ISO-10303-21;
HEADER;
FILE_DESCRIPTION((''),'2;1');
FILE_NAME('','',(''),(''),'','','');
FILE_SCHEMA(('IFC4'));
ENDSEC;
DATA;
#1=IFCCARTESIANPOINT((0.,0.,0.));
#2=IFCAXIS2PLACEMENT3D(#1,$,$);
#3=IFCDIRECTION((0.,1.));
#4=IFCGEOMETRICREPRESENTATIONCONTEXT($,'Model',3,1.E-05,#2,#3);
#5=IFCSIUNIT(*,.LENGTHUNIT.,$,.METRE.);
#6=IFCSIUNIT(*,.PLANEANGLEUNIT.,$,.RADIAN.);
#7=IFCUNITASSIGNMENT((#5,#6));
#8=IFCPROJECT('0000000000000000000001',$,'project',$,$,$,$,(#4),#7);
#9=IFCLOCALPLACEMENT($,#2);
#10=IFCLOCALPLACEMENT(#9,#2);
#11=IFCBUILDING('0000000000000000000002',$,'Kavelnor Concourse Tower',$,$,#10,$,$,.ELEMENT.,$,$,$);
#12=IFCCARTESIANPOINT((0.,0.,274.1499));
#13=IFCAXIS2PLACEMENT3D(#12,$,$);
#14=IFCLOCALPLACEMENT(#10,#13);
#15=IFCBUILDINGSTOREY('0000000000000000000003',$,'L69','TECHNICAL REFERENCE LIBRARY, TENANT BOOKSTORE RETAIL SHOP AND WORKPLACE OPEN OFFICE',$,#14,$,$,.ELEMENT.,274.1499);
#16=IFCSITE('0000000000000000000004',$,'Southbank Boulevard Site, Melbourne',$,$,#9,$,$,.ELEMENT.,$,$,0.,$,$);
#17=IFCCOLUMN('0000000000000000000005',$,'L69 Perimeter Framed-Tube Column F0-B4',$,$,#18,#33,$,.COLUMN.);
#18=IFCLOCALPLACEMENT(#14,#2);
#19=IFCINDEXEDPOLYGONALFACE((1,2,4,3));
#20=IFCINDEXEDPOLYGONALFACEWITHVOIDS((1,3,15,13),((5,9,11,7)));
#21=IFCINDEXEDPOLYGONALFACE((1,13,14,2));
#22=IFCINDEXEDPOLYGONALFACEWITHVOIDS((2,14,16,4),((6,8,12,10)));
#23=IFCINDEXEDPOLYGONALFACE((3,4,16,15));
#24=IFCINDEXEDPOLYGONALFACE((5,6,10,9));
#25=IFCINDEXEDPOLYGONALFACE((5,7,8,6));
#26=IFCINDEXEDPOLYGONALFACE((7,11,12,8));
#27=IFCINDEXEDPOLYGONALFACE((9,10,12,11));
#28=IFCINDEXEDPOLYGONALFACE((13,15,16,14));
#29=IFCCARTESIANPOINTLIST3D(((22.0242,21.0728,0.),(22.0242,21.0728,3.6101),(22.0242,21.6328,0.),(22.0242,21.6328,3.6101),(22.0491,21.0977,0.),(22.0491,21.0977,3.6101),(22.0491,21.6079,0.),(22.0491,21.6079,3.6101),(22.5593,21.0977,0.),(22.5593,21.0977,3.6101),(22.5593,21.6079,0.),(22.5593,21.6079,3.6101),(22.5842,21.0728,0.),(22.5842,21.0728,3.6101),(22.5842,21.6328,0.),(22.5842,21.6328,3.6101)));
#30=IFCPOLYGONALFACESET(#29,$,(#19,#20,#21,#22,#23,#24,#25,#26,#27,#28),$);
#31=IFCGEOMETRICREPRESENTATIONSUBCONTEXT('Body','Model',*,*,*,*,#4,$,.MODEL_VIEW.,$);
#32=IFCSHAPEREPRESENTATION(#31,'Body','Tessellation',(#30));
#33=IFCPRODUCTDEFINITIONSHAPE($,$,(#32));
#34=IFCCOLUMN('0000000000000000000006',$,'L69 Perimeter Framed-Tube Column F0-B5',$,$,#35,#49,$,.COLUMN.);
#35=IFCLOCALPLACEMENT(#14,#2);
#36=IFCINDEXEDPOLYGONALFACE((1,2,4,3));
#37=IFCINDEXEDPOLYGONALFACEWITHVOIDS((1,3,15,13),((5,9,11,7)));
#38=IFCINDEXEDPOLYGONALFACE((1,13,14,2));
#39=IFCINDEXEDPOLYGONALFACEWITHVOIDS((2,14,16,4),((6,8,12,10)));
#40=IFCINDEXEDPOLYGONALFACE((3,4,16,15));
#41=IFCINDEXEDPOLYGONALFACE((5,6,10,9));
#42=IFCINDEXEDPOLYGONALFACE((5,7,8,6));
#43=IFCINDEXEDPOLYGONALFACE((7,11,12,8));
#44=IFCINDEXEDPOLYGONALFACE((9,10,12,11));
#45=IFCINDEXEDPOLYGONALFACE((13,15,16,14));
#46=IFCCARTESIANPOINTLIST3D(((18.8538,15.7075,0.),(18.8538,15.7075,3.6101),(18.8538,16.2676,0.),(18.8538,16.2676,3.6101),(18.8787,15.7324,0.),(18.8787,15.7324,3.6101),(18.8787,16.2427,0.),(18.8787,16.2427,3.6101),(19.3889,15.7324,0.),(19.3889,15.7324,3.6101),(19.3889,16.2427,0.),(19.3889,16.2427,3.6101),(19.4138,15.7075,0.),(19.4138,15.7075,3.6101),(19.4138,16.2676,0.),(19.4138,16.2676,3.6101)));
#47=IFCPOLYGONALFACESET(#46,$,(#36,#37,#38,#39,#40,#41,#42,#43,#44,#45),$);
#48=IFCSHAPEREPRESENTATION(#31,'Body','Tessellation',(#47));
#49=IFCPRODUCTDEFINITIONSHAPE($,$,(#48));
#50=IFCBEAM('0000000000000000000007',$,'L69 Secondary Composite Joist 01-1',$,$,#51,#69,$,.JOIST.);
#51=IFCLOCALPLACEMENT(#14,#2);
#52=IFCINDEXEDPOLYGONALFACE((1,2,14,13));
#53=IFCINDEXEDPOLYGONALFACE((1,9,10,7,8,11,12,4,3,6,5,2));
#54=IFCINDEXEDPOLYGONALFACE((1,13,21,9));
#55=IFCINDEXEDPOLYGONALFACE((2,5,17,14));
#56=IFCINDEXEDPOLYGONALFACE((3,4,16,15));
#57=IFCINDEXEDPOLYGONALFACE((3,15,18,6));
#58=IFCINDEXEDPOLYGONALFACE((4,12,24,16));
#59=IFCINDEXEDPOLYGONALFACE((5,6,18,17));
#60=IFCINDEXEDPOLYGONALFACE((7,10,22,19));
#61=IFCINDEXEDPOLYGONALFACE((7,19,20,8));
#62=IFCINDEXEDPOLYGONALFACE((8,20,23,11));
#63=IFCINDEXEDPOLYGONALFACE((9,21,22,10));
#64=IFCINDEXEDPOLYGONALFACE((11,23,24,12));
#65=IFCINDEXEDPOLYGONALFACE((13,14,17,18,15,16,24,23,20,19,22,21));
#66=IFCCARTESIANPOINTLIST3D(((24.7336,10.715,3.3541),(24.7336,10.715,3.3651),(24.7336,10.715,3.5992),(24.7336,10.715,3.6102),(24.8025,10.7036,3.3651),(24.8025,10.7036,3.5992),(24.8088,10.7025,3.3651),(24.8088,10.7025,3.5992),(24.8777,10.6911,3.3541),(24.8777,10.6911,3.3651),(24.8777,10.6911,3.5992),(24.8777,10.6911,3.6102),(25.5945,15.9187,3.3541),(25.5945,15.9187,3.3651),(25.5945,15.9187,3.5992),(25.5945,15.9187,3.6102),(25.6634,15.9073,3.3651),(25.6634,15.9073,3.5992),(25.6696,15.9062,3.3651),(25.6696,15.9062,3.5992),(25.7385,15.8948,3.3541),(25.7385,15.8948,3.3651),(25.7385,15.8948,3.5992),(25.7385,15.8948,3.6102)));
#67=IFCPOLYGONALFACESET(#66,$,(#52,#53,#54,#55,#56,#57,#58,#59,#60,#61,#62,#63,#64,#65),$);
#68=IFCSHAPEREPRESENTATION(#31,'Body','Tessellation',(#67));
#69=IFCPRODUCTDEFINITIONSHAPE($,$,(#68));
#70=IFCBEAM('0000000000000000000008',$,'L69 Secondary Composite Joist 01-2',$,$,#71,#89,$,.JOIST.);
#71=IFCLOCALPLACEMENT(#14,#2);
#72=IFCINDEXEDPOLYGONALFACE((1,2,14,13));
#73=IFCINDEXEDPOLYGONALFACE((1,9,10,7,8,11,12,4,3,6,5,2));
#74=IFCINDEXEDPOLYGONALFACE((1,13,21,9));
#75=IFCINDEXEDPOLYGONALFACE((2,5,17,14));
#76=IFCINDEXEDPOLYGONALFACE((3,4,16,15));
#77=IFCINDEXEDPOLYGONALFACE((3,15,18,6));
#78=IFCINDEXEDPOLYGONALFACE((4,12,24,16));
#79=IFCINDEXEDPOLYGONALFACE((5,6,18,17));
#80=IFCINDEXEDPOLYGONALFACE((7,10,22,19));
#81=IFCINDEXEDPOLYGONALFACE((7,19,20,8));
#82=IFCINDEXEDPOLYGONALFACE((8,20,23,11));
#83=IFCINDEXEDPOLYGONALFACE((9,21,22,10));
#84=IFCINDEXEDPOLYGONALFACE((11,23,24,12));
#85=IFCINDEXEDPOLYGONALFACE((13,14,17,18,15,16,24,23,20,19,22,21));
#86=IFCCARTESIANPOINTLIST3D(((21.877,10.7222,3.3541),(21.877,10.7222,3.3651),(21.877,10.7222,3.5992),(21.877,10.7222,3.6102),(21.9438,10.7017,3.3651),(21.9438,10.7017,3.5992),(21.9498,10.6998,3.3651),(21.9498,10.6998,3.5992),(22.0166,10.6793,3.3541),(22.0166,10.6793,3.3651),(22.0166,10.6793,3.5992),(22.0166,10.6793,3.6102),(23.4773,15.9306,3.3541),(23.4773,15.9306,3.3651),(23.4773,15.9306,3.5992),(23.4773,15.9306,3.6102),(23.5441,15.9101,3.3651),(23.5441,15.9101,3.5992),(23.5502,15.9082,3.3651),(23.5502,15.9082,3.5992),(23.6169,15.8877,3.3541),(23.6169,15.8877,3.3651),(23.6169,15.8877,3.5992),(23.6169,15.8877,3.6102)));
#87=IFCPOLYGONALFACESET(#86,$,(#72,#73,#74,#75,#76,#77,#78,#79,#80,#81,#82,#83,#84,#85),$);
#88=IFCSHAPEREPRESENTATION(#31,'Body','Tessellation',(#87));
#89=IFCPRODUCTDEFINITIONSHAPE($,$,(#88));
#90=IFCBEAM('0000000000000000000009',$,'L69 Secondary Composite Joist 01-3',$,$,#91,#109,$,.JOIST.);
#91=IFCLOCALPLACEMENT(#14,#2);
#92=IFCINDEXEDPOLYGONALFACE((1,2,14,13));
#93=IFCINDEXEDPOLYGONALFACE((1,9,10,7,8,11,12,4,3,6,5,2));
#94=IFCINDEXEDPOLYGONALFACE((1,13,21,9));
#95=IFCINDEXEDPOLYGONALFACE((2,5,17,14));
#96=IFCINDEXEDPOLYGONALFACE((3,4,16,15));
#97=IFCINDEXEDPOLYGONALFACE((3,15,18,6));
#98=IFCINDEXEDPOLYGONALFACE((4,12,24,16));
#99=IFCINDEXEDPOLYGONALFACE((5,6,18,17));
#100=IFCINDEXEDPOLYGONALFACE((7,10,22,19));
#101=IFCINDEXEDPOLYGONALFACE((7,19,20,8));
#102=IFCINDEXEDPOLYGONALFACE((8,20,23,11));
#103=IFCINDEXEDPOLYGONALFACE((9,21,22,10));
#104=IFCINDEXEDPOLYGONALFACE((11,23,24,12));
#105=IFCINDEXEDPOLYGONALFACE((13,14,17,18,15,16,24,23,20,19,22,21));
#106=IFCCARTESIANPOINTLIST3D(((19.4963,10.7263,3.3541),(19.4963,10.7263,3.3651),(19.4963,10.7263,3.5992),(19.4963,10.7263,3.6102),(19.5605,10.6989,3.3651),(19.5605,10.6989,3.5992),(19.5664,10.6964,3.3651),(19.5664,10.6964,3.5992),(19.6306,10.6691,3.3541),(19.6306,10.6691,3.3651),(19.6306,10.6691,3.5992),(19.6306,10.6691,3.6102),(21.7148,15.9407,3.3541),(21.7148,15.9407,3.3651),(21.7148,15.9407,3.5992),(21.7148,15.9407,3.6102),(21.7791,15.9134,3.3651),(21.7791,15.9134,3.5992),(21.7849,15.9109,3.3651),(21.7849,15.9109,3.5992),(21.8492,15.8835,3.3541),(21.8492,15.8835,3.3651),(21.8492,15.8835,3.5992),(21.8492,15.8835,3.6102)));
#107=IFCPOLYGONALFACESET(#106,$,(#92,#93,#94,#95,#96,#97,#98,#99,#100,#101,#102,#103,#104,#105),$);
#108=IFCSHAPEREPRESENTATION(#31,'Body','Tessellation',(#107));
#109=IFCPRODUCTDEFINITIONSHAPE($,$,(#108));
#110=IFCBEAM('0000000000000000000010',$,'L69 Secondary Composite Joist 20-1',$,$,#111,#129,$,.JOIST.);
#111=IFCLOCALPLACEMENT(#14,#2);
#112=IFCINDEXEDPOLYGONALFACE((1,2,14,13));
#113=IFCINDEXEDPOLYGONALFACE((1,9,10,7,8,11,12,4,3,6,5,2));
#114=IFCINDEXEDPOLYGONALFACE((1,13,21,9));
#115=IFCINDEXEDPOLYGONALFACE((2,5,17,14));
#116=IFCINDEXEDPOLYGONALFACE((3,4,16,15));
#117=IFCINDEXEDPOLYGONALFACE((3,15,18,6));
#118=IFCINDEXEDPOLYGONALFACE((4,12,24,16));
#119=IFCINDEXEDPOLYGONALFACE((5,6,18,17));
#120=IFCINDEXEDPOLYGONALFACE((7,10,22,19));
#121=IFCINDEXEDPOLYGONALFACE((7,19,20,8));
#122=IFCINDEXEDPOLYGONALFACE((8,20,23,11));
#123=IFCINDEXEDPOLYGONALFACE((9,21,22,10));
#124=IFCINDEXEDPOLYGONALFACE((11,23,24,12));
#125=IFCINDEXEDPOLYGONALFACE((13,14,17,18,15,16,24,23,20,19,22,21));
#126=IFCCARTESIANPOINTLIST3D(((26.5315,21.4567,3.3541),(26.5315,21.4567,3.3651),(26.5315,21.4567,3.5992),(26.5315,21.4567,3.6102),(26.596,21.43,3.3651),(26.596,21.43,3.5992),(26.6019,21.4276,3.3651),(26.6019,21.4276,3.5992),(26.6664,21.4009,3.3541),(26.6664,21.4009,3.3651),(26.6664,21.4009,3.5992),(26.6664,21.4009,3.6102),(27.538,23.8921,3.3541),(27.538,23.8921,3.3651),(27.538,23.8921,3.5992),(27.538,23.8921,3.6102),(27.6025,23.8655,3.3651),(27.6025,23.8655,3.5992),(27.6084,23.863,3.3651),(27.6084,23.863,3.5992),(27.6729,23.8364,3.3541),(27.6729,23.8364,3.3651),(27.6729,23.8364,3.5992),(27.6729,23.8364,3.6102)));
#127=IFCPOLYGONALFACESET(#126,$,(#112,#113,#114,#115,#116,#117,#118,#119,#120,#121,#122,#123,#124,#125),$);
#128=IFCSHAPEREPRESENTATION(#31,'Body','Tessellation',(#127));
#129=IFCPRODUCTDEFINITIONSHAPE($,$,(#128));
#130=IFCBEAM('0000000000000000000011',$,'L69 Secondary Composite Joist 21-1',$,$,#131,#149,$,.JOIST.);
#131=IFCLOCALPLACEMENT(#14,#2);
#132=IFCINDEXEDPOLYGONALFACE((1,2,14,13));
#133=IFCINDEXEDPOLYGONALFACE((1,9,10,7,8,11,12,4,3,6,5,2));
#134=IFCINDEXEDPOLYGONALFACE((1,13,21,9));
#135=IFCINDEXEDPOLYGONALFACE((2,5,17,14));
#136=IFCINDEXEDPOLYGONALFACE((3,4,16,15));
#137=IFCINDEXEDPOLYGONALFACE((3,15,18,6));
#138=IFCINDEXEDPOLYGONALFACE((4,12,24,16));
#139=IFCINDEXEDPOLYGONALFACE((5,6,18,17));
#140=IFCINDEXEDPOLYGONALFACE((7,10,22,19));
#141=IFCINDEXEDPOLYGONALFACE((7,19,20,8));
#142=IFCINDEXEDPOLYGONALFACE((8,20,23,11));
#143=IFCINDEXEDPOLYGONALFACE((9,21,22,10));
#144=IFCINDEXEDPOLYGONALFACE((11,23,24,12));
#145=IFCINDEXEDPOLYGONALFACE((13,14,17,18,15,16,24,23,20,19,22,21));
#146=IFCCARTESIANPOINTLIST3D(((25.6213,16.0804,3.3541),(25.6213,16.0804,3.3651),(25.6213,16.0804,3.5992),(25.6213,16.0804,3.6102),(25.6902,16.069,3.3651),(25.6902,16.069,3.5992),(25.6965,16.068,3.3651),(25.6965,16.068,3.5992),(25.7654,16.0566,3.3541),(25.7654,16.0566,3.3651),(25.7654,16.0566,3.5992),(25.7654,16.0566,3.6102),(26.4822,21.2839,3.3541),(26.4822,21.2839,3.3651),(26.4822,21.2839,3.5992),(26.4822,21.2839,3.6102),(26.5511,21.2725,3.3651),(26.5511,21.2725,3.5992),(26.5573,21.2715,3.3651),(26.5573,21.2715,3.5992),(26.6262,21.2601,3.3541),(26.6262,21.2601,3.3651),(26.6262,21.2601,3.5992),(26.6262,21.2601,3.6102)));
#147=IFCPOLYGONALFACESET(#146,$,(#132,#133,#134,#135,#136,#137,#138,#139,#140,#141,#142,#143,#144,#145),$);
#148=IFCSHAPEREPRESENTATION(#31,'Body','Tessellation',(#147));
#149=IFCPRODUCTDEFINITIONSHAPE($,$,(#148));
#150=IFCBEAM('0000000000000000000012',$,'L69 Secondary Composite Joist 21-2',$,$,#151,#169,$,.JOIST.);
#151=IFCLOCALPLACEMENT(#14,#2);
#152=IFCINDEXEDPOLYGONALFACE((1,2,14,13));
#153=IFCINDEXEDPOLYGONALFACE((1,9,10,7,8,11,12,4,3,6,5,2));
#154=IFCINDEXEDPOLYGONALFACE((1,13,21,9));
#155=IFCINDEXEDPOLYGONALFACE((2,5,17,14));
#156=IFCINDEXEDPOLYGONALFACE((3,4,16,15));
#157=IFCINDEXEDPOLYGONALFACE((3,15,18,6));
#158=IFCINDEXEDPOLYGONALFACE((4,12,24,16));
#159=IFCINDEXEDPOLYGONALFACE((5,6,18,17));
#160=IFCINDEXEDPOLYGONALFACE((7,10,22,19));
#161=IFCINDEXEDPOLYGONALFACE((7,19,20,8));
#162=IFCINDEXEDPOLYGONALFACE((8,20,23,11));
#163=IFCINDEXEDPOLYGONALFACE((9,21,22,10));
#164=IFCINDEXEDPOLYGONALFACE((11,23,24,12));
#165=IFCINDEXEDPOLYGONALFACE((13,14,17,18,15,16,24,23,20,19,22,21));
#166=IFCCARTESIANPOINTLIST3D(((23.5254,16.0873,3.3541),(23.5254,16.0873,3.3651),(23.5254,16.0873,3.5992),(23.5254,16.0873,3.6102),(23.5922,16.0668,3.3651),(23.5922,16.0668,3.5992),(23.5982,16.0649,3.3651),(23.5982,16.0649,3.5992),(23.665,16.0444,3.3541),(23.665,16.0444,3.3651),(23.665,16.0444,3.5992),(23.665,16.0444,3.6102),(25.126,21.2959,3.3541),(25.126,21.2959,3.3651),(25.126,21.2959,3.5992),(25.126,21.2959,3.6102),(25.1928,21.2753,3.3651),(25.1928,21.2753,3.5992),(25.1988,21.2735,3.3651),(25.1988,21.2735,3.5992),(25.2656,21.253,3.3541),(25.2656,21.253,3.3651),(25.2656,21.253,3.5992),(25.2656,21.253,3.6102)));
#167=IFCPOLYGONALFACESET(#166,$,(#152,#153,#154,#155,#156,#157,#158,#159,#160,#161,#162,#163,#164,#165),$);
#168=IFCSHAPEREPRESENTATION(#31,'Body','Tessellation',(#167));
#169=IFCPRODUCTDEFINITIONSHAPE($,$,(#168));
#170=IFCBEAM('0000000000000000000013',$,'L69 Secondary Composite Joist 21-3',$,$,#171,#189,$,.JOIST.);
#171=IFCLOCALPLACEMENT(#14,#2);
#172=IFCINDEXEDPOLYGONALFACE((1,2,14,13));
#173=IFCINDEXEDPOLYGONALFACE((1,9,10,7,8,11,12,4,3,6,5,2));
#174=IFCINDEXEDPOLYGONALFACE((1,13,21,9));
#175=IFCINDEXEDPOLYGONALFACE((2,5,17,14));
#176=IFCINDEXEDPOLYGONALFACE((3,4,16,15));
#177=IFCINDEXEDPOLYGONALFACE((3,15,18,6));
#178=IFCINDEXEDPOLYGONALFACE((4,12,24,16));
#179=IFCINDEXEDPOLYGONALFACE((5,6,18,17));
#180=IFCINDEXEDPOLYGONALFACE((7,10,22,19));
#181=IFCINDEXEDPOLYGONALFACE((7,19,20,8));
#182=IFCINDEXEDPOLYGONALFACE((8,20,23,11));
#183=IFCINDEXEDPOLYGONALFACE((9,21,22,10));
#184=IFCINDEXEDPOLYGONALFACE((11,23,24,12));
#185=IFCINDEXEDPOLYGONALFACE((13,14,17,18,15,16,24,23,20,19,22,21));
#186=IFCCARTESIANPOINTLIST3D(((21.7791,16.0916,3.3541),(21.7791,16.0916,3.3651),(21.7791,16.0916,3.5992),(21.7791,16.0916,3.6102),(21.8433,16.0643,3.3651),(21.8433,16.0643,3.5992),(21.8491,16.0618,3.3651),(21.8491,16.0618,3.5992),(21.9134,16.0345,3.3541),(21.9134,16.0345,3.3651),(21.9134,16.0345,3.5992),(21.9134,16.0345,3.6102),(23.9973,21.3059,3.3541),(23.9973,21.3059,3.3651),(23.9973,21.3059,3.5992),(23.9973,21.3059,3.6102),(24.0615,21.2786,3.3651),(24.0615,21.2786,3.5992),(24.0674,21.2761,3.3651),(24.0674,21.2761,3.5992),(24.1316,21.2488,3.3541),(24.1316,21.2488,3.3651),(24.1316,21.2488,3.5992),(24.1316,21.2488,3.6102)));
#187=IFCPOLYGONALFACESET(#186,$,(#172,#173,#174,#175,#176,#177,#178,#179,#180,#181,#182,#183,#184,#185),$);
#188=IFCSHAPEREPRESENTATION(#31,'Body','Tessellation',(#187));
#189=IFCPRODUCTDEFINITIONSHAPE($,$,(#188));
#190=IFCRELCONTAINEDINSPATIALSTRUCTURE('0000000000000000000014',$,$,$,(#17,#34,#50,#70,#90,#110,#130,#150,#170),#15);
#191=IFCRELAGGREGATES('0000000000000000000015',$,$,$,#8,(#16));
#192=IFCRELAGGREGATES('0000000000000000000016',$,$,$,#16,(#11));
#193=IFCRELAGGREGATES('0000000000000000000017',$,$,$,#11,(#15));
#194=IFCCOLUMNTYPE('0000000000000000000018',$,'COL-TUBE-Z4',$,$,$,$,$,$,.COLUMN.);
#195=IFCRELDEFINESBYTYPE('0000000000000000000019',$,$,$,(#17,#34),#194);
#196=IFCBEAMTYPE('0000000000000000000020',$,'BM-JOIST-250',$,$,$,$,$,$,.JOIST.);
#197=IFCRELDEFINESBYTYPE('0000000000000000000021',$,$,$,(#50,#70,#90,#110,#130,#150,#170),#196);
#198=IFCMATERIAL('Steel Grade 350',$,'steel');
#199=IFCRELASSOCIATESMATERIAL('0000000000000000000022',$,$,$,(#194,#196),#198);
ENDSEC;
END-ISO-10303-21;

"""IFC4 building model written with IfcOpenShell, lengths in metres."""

from ifc_helpers import new_model, si_unit, direction, frame, origin, origin_2d, place, context, subcontext, project, spatial, hollow_rectangle, i_section, extrude, material, material_profile, profile_set, type_object, element, save


model = new_model("IFC4")

# Units and contexts
model_context = context("Model", 3, precision=1e-05, world=origin(), true_north=direction((0.0, 1.0)))
body_context = subcontext(model_context, "Body", "Model", "MODEL_VIEW")
ifc_project = project(units=[si_unit("LENGTHUNIT", "METRE"), si_unit("PLANEANGLEUNIT", "RADIAN")], contexts=[model_context])

# Site, building, storey
site_placement = place(None, origin())
site = spatial("IfcSite", under=ifc_project, at=site_placement, Name="Southbank Boulevard Site, Melbourne", CompositionType="ELEMENT", RefElevation=0.0)
building_placement = place(site_placement, origin())
building = spatial("IfcBuilding", under=site, at=building_placement, Name="Kavelnor Concourse Tower", CompositionType="ELEMENT")
storey_placement = place(building_placement, frame((0.0, 0.0, 274.1499)))
storey = spatial("IfcBuildingStorey", under=building, at=storey_placement, Name="L69", Description="TECHNICAL REFERENCE LIBRARY, TENANT BOOKSTORE RETAIL SHOP AND WORKPLACE OPEN OFFICE", CompositionType="ELEMENT", Elevation=274.1499)

# Columns
ifc_material_1 = material(Name="Steel Grade 350", Category="steel")
ifc_material_profile_1 = material_profile(ifc_material_1, hollow_rectangle(XDim=0.5601, YDim=0.5601, WallThickness=0.0249, at=origin_2d()), Name="SHS 560x560x25")
ifc_profile_set_1 = profile_set([ifc_material_profile_1], Name="Steel Grade 350")
column_type = type_object("IfcColumnType", Name="COL-TUBE-Z4", PredefinedType="COLUMN", material=ifc_profile_set_1)
for number, where, z_axis, x_axis, name in (
    (1, (22.3042, 21.3528, 0.0), (0.0, 0.0, 1.0), (1.0, 0.0, 0.0), "L69 Perimeter Framed-Tube Column F0-B4"),
    (2, (19.1338, 15.9875, 0.0), (0.0, 0.0, 1.0), (1.0, 0.0, 0.0), "L69 Perimeter Framed-Tube Column F0-B5"),
):
    element("IfcColumn", number, at=place(storey_placement, frame(where, z_axis=z_axis, x_axis=x_axis)), inside=storey, type_object=column_type, Name=name, PredefinedType="COLUMN", context=body_context, shape_type="SweptSolid", body=[
        extrude(hollow_rectangle(XDim=0.5601, YDim=0.5601, WallThickness=0.0249, at=origin_2d()), origin(), (0.0, 0.0, 1.0), 3.6101),
    ])

# Beams
ifc_material_profile_2 = material_profile(ifc_material_1, i_section(OverallWidth=0.146, OverallDepth=0.2561, WebThickness=0.0063, FlangeThickness=0.011, at=origin_2d()), Name="250UB37")
ifc_profile_set_2 = profile_set([ifc_material_profile_2], Name="Steel Grade 350")
beam_type_1 = type_object("IfcBeamType", Name="BM-JOIST-250", PredefinedType="JOIST", material=ifc_profile_set_2)
beam_1_placement = place(storey_placement, frame((25.6665, 15.9067, 3.4822), z_axis=(-0.163213, -0.986591, 0.0), x_axis=(0.986591, -0.163213, 0.0)))
element("IfcBeam", 3, at=beam_1_placement, inside=storey, type_object=beam_type_1, Name="L69 Secondary Composite Joist 01-1", PredefinedType="JOIST", context=body_context, shape_type="SweptSolid", body=[
    extrude(i_section(OverallWidth=0.146, OverallDepth=0.2561, WebThickness=0.0063, FlangeThickness=0.011, at=origin_2d()), origin(), (0.0, 0.0, 1.0), 5.2744),
])
beam_2_placement = place(storey_placement, frame((23.5471, 15.9092, 3.4822), z_axis=(-0.293705, -0.955896, 0.0), x_axis=(0.955896, -0.293705, 0.0)))
element("IfcBeam", 4, at=beam_2_placement, inside=storey, type_object=beam_type_1, Name="L69 Secondary Composite Joist 01-2", PredefinedType="JOIST", context=body_context, shape_type="SweptSolid", body=[
    extrude(i_section(OverallWidth=0.146, OverallDepth=0.2561, WebThickness=0.0063, FlangeThickness=0.011, at=origin_2d()), origin(), (0.0, 0.0, 1.0), 5.4487),
])
beam_3_placement = place(storey_placement, frame((21.782, 15.9121, 3.4822), z_axis=(-0.3915, -0.920178, 0.0), x_axis=(0.920178, -0.3915, 0.0)))
element("IfcBeam", 5, at=beam_3_placement, inside=storey, type_object=beam_type_1, Name="L69 Secondary Composite Joist 01-3", PredefinedType="JOIST", context=body_context, shape_type="SweptSolid", body=[
    extrude(i_section(OverallWidth=0.146, OverallDepth=0.2561, WebThickness=0.0063, FlangeThickness=0.011, at=origin_2d()), origin(), (0.0, 0.0, 1.0), 5.6667),
])
beam_4_placement = place(storey_placement, frame((27.6055, 23.8643, 3.4822), z_axis=(-0.381956, -0.92418, 0.0), x_axis=(0.92418, -0.381956, 0.0)))
element("IfcBeam", 6, at=beam_4_placement, inside=storey, type_object=beam_type_1, Name="L69 Secondary Composite Joist 20-1", PredefinedType="JOIST", context=body_context, shape_type="SweptSolid", body=[
    extrude(i_section(OverallWidth=0.146, OverallDepth=0.2561, WebThickness=0.0063, FlangeThickness=0.011, at=origin_2d()), origin(), (0.0, 0.0, 1.0), 2.6353),
])
beam_5_placement = place(storey_placement, frame((26.5542, 21.272, 3.4822), z_axis=(-0.16322, -0.98659, 0.0), x_axis=(0.98659, -0.16322, 0.0)))
element("IfcBeam", 7, at=beam_5_placement, inside=storey, type_object=beam_type_1, Name="L69 Secondary Composite Joist 21-1", PredefinedType="JOIST", context=body_context, shape_type="SweptSolid", body=[
    extrude(i_section(OverallWidth=0.146, OverallDepth=0.2561, WebThickness=0.0063, FlangeThickness=0.011, at=origin_2d()), origin(), (0.0, 0.0, 1.0), 5.2742),
])
beam_6_placement = place(storey_placement, frame((25.1958, 21.2744, 3.4822), z_axis=(-0.293746, -0.955884, 0.0), x_axis=(0.955884, -0.293746, 0.0)))
element("IfcBeam", 8, at=beam_6_placement, inside=storey, type_object=beam_type_1, Name="L69 Secondary Composite Joist 21-2", PredefinedType="JOIST", context=body_context, shape_type="SweptSolid", body=[
    extrude(i_section(OverallWidth=0.146, OverallDepth=0.2561, WebThickness=0.0063, FlangeThickness=0.011, at=origin_2d()), origin(), (0.0, 0.0, 1.0), 5.449),
])
beam_7_placement = place(storey_placement, frame((24.0645, 21.2773, 3.4822), z_axis=(-0.391464, -0.920194, 0.0), x_axis=(0.920194, -0.391464, 0.0)))
element("IfcBeam", 9, at=beam_7_placement, inside=storey, type_object=beam_type_1, Name="L69 Secondary Composite Joist 21-3", PredefinedType="JOIST", context=body_context, shape_type="SweptSolid", body=[
    extrude(i_section(OverallWidth=0.146, OverallDepth=0.2561, WebThickness=0.0063, FlangeThickness=0.011, at=origin_2d()), origin(), (0.0, 0.0, 1.0), 5.6665),
])

save(model, "model.ifc")
